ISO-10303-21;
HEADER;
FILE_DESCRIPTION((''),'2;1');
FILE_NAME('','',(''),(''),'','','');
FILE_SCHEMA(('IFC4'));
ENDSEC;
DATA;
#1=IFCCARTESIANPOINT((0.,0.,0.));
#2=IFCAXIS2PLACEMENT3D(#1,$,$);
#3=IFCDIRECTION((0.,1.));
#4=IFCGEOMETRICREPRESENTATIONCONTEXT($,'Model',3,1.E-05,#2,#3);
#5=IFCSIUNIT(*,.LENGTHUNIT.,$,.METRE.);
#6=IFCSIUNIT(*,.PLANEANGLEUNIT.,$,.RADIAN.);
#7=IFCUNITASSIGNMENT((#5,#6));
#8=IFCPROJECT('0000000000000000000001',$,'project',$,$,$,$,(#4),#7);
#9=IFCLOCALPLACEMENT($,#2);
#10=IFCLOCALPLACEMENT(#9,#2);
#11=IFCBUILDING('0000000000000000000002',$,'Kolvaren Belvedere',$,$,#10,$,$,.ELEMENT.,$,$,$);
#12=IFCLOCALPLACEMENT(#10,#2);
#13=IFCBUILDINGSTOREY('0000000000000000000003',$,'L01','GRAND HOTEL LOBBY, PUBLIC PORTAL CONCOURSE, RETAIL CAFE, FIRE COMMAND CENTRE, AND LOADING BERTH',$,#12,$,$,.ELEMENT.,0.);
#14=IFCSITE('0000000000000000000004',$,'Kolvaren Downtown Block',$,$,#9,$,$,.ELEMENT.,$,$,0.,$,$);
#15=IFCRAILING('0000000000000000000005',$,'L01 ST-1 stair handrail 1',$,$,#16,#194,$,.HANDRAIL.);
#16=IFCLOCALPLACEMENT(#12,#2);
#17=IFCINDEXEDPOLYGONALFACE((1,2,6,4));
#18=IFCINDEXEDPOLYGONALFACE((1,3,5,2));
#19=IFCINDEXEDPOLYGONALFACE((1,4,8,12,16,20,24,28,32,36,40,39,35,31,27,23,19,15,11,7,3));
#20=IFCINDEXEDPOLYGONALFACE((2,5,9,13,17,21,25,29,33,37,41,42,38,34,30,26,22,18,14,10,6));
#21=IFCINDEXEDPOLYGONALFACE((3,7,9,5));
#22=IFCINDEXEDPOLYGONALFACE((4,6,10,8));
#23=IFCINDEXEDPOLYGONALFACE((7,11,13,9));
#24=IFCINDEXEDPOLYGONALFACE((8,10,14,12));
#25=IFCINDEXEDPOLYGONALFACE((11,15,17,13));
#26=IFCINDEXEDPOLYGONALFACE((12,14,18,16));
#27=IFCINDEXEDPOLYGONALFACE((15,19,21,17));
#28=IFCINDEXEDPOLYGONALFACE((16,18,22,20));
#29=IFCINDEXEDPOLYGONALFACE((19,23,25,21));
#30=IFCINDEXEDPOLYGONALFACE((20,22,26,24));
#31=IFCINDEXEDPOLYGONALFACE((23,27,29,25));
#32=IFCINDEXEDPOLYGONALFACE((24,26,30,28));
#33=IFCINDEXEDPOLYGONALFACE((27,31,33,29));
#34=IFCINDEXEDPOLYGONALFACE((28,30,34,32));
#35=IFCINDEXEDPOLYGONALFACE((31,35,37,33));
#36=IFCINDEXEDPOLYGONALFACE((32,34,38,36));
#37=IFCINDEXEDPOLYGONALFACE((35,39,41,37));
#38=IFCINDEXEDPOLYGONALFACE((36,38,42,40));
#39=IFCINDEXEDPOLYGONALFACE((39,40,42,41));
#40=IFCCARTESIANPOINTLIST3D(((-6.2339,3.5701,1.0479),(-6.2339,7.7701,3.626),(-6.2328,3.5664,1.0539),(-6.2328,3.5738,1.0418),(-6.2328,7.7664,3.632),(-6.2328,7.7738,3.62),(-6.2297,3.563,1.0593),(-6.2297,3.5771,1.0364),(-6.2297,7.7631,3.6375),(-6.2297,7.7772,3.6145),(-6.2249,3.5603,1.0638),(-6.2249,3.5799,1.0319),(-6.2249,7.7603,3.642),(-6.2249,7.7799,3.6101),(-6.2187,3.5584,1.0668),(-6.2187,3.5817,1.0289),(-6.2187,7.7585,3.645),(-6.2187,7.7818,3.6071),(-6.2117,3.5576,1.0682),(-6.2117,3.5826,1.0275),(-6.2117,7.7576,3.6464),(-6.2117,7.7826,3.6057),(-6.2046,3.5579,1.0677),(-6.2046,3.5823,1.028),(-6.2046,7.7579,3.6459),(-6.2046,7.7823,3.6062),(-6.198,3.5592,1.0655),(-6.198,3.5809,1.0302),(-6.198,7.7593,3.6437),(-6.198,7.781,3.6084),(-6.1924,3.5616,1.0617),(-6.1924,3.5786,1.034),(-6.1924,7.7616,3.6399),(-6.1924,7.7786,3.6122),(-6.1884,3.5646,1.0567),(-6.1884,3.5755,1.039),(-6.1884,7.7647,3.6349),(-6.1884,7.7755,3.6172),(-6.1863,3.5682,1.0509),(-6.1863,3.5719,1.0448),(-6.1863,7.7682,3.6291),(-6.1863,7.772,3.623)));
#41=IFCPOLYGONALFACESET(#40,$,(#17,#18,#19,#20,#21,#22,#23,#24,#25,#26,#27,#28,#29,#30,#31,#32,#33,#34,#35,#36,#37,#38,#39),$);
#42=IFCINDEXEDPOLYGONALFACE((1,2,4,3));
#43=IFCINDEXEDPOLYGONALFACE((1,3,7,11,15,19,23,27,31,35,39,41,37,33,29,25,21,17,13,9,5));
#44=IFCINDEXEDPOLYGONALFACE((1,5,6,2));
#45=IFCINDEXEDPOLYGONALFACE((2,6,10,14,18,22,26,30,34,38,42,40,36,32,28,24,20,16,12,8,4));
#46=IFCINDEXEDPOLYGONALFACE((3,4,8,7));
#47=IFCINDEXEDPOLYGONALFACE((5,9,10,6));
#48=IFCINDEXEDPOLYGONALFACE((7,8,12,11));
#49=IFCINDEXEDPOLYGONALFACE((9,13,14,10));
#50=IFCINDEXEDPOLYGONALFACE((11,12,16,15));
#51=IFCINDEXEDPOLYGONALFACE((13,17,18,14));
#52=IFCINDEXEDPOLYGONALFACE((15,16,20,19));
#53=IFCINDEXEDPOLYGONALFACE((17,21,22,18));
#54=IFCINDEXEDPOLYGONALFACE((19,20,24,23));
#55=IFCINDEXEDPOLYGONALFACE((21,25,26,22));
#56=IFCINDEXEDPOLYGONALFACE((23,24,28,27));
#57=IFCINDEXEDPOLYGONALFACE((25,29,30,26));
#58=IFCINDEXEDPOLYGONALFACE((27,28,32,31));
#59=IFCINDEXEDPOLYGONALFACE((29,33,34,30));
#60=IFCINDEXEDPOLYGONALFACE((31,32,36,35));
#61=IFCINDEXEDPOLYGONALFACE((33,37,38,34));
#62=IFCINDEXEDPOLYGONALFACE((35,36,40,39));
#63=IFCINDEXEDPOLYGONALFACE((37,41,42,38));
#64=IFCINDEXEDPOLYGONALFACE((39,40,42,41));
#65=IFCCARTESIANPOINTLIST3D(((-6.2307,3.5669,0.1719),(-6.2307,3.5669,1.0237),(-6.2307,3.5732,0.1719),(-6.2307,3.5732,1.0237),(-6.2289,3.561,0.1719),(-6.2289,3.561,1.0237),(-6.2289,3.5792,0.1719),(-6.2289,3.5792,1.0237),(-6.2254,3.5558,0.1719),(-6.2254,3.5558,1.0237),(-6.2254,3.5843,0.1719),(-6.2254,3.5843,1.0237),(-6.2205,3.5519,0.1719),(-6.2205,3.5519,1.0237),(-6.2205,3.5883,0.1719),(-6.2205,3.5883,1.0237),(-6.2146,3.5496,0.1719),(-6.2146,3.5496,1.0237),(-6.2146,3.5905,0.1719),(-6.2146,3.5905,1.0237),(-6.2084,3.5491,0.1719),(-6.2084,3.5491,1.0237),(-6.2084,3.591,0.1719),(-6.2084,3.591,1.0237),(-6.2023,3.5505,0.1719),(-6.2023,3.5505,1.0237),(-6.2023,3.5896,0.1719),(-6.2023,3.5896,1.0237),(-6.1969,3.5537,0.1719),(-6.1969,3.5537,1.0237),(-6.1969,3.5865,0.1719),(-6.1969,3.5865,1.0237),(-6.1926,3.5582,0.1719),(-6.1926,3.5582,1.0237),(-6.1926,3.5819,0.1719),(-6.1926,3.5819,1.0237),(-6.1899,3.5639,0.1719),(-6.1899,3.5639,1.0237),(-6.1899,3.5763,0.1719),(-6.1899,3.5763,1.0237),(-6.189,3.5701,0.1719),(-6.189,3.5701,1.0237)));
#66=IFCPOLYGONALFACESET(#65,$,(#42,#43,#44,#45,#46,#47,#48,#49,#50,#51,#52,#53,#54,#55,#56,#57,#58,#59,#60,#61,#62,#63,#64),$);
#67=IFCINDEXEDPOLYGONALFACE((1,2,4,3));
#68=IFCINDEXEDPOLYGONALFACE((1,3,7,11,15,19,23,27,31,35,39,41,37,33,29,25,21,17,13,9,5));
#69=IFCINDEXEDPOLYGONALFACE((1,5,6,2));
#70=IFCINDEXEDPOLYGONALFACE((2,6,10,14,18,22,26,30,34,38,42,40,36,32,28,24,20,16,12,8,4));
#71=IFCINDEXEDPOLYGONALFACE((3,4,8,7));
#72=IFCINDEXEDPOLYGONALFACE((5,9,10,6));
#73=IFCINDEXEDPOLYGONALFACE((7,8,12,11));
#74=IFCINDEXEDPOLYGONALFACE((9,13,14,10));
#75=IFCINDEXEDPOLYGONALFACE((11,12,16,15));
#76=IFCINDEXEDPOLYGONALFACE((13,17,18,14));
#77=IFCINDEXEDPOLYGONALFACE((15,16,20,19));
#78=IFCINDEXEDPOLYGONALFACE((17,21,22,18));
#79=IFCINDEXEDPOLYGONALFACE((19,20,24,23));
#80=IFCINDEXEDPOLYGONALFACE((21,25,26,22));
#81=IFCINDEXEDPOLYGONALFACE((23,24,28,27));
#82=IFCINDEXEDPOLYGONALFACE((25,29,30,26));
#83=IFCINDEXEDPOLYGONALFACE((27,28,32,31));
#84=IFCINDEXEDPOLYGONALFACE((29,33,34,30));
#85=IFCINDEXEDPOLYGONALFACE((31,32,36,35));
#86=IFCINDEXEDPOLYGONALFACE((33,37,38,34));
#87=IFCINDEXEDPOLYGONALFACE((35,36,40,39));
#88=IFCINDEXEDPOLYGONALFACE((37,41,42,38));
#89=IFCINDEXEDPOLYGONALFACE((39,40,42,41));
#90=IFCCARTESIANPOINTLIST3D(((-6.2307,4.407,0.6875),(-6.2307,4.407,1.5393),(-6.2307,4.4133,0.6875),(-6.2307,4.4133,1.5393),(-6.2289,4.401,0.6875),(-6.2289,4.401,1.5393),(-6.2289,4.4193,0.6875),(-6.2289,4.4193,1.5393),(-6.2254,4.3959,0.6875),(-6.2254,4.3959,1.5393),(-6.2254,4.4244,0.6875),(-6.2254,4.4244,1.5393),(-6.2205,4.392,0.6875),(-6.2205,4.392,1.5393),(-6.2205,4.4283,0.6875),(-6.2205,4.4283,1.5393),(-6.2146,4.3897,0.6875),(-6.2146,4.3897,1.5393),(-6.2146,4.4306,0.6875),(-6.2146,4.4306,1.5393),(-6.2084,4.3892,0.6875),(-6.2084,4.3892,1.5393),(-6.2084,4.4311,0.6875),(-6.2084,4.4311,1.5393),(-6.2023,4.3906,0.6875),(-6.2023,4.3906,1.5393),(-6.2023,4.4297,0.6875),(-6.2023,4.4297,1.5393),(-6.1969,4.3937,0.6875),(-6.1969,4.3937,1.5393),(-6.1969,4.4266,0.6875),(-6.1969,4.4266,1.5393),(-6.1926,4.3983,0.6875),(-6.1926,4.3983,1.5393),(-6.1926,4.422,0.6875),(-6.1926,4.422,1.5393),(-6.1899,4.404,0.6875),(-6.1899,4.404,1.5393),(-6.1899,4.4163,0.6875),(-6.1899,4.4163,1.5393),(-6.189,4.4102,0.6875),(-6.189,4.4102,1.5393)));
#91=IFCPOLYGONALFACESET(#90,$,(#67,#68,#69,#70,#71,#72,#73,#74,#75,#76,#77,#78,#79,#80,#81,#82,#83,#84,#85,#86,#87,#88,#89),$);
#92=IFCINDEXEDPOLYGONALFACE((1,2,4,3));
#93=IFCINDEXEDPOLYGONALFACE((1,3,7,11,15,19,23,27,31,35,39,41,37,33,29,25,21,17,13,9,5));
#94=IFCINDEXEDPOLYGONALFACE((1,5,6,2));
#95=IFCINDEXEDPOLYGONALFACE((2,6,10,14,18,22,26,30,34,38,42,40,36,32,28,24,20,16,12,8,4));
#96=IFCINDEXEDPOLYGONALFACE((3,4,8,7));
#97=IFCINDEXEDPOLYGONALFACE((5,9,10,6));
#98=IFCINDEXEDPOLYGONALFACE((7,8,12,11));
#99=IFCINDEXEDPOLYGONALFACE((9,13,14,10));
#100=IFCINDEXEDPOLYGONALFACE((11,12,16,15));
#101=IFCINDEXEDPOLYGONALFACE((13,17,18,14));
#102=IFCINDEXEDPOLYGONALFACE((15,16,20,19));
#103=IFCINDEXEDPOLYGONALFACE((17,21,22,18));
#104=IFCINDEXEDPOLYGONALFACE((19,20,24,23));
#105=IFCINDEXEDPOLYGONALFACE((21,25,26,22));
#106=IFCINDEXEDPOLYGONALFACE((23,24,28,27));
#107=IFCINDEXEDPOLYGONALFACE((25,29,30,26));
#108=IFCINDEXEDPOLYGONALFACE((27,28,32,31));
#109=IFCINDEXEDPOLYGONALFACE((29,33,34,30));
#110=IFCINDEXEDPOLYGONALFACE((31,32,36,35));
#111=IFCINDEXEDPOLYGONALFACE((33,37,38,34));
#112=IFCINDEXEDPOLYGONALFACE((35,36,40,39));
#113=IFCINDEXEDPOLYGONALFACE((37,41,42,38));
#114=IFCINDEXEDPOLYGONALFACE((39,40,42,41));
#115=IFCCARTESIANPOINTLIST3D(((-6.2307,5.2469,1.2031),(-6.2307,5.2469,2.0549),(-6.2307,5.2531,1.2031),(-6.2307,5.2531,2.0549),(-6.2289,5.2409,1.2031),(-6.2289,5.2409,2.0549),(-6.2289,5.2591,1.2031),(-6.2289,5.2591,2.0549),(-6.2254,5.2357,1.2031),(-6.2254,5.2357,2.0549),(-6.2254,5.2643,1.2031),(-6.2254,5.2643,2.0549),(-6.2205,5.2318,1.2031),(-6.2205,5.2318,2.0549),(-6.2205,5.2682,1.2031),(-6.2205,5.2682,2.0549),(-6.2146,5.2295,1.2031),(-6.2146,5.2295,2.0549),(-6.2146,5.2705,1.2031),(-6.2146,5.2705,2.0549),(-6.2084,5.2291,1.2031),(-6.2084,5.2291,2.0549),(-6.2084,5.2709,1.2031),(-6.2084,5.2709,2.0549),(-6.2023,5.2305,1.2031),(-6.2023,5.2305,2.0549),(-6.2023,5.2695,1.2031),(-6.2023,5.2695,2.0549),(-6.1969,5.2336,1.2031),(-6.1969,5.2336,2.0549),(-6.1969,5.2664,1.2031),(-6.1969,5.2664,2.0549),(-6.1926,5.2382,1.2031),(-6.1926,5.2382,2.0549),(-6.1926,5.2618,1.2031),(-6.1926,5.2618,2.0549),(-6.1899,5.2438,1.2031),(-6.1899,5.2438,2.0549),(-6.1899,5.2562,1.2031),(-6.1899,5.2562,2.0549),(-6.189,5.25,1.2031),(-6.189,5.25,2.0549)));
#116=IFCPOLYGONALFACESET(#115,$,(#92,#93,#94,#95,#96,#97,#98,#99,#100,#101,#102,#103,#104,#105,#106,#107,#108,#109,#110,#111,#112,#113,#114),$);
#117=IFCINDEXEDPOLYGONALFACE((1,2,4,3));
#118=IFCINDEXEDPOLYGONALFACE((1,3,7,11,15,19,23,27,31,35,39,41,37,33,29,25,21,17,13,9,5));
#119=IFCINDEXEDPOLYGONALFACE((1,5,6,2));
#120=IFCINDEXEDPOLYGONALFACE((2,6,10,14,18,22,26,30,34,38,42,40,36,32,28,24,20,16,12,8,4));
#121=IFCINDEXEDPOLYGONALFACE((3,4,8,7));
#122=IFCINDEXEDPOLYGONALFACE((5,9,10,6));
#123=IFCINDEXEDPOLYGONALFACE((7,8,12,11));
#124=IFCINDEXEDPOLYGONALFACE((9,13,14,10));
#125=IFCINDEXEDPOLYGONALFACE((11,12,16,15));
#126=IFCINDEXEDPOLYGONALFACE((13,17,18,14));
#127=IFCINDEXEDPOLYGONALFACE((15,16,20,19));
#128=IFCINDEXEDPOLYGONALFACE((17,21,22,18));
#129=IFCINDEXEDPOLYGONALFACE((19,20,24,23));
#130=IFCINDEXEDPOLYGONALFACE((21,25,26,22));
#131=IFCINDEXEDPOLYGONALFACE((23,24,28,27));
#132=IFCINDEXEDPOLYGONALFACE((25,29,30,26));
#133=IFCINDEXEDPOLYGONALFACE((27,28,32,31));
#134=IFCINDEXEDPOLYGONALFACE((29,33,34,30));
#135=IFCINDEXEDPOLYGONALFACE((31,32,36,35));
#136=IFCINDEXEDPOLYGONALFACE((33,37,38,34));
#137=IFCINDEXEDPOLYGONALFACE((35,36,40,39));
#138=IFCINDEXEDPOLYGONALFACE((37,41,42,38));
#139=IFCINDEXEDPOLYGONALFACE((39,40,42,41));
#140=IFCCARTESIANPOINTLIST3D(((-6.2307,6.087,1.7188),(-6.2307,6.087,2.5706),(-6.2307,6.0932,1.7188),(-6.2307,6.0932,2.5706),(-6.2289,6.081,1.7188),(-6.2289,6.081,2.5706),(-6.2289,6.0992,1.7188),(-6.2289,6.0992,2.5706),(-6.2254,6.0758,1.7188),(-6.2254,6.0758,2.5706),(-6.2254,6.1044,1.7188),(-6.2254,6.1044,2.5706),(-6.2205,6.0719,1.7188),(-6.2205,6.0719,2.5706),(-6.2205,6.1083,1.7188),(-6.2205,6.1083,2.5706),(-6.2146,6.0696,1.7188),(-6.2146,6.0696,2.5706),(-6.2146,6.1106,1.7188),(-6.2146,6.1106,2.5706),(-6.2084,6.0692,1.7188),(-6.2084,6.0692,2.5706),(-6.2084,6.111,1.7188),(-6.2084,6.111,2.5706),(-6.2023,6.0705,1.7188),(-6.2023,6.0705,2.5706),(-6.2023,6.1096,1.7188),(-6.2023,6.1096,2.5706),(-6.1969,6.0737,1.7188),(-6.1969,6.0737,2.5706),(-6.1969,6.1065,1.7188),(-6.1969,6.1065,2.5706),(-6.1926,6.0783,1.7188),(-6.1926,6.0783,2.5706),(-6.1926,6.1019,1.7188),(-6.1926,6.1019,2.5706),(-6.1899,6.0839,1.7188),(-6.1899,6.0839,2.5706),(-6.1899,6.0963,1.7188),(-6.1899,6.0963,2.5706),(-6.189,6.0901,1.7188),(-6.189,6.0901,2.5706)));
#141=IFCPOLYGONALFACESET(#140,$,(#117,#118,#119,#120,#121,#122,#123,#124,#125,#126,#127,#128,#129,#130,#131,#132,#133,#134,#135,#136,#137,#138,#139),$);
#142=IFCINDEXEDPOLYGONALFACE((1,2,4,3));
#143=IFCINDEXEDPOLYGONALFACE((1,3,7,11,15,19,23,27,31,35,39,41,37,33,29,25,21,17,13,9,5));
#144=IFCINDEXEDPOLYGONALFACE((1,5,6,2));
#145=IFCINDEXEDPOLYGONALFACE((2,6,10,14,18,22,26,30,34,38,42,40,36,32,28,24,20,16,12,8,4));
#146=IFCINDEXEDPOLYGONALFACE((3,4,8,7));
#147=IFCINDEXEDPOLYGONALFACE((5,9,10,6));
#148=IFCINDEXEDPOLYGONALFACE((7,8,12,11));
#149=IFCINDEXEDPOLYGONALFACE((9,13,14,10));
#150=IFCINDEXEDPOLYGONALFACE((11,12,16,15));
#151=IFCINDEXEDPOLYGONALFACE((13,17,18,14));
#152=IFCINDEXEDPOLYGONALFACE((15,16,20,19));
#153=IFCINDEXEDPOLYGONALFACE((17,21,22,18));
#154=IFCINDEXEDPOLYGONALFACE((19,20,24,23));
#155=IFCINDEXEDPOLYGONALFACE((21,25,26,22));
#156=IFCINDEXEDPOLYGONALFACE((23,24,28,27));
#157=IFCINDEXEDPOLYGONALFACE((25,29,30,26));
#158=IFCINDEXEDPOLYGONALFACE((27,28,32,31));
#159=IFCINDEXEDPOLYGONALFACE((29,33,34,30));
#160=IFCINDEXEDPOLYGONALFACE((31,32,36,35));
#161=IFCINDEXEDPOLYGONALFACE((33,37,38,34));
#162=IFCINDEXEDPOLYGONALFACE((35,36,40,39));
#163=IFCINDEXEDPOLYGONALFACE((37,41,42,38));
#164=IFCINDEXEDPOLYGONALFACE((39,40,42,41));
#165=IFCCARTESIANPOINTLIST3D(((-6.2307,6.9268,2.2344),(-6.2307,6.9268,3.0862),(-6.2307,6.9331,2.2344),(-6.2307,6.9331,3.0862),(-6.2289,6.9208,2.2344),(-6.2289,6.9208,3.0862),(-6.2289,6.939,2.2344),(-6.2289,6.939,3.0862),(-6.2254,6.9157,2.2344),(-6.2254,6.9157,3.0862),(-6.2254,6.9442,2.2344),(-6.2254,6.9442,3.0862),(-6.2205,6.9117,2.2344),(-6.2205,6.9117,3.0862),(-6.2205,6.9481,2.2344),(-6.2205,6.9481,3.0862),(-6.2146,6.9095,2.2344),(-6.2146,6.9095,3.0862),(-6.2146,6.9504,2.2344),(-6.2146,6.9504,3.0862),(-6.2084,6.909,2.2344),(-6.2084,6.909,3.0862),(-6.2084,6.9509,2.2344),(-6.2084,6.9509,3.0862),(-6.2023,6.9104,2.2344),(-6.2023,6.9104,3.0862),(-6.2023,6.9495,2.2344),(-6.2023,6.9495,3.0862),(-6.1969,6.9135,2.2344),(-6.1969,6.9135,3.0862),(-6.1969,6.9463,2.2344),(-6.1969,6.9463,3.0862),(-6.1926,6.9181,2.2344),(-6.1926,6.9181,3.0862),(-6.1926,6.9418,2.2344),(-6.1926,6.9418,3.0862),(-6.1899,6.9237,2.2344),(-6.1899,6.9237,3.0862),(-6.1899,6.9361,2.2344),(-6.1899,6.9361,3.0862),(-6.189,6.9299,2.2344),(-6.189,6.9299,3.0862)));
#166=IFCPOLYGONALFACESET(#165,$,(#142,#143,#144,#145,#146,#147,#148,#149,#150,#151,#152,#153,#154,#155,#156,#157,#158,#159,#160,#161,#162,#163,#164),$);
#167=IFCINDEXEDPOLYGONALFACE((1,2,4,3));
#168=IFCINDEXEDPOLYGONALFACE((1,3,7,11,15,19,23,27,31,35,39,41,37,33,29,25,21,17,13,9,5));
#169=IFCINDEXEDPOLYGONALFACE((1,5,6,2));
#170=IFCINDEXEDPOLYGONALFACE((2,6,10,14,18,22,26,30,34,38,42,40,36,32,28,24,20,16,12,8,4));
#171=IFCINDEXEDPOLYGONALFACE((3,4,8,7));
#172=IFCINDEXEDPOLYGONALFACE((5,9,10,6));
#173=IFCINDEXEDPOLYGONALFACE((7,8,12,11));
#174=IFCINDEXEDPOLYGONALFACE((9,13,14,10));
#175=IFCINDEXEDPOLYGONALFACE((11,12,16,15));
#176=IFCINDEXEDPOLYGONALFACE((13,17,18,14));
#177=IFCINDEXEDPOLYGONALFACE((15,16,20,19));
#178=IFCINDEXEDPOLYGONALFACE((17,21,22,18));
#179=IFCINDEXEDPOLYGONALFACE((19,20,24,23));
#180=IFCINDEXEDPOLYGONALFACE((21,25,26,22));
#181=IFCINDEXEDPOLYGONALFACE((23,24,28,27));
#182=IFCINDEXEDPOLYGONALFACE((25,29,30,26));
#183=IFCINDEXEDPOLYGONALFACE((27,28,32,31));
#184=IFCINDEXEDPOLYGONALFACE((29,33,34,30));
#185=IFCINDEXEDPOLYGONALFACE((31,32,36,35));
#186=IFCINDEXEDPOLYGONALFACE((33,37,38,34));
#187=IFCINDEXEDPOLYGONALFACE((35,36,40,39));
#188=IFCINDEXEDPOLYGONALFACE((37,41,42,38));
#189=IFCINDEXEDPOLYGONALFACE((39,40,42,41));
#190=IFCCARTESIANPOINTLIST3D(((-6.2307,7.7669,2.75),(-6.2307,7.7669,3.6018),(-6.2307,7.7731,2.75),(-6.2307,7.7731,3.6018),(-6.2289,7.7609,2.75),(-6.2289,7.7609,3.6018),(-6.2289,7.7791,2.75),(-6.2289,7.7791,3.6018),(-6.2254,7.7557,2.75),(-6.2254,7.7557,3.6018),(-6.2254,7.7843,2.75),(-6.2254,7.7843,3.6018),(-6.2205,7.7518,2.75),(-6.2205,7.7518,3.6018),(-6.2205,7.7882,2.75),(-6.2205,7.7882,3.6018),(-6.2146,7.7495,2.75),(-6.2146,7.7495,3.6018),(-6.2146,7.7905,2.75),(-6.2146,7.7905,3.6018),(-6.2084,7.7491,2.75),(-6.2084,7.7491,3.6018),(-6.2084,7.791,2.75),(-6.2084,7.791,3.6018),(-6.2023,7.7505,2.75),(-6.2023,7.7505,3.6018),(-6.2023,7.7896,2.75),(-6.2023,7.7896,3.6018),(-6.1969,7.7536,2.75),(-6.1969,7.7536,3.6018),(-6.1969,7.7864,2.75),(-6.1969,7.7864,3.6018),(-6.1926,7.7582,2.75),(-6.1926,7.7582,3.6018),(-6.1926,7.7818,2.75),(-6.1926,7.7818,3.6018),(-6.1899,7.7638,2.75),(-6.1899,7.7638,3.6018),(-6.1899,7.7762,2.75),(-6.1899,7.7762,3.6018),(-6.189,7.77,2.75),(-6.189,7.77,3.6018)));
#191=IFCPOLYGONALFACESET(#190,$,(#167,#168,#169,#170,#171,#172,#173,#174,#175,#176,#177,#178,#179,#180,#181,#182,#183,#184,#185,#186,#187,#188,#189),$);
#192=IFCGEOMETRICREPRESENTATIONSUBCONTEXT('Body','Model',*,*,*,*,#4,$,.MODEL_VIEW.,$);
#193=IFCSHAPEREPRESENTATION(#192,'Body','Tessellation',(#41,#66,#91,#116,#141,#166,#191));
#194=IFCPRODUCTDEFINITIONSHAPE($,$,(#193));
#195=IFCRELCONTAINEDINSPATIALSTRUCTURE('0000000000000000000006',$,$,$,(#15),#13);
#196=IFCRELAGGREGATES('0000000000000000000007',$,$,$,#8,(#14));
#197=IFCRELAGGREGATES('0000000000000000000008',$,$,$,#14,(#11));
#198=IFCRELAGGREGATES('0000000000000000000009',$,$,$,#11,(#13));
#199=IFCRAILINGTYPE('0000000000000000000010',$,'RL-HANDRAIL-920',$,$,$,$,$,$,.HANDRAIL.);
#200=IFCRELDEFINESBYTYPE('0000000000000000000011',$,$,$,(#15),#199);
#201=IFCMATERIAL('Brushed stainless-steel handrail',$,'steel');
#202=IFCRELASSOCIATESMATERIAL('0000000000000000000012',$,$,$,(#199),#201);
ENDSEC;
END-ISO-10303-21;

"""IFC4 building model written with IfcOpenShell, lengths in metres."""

from ifc_helpers import new_model, si_unit, direction, frame, origin, origin_2d, place, context, subcontext, project, spatial, circle, extrude, material, type_object, element, save


model = new_model("IFC4")

# Units and contexts
model_context = context("Model", 3, precision=1e-05, world=origin(), true_north=direction((0.0, 1.0)))
body_context = subcontext(model_context, "Body", "Model", "MODEL_VIEW")
ifc_project = project(units=[si_unit("LENGTHUNIT", "METRE"), si_unit("PLANEANGLEUNIT", "RADIAN")], contexts=[model_context])

# Site, building, storey
site_placement = place(None, origin())
site = spatial("IfcSite", under=ifc_project, at=site_placement, Name="Kolvaren Downtown Block", CompositionType="ELEMENT", RefElevation=0.0)
building_placement = place(site_placement, origin())
building = spatial("IfcBuilding", under=site, at=building_placement, Name="Kolvaren Belvedere", CompositionType="ELEMENT")
storey_placement = place(building_placement, origin())
storey = spatial("IfcBuildingStorey", under=building, at=storey_placement, Name="L01", Description="GRAND HOTEL LOBBY, PUBLIC PORTAL CONCOURSE, RETAIL CAFE, FIRE COMMAND CENTRE, AND LOADING BERTH", CompositionType="ELEMENT", Elevation=0.0)

# Railing
ifc_material_1 = material(Name="Brushed stainless-steel handrail", Category="steel")
railing_type_1 = type_object("IfcRailingType", Name="RL-HANDRAIL-920", PredefinedType="HANDRAIL", material=ifc_material_1)
railing_1_placement = place(storey_placement, frame((-6.21, 3.5701, 0.1719)))
element("IfcRailing", 1, at=railing_1_placement, inside=storey, type_object=railing_type_1, Name="L01 ST-1 stair handrail 1", PredefinedType="HANDRAIL", context=body_context, shape_type="SweptSolid", body=[
    extrude(circle(Radius=0.0239, at=origin_2d()), frame((0.0, 0.0, 0.876), z_axis=(0.0, 0.852243, 0.523146), x_axis=(-1.0, 0.0, 0.0)), (0.0, 0.0, 1.0), 4.9282),
    extrude(circle(Radius=0.021, at=origin_2d()), origin(), (0.0, 0.0, 1.0), 0.8518),
    extrude(circle(Radius=0.021, at=origin_2d()), frame((0.0, 0.8401, 0.5156)), (0.0, 0.0, 1.0), 0.8518),
    extrude(circle(Radius=0.021, at=origin_2d()), frame((0.0, 1.6799, 1.0312)), (0.0, 0.0, 1.0), 0.8518),
    extrude(circle(Radius=0.021, at=origin_2d()), frame((0.0, 2.52, 1.5469)), (0.0, 0.0, 1.0), 0.8518),
    extrude(circle(Radius=0.021, at=origin_2d()), frame((0.0, 3.3599, 2.0625)), (0.0, 0.0, 1.0), 0.8518),
    extrude(circle(Radius=0.021, at=origin_2d()), frame((0.0, 4.2, 2.5781)), (0.0, 0.0, 1.0), 0.8518),
])

save(model, "model.ifc")
